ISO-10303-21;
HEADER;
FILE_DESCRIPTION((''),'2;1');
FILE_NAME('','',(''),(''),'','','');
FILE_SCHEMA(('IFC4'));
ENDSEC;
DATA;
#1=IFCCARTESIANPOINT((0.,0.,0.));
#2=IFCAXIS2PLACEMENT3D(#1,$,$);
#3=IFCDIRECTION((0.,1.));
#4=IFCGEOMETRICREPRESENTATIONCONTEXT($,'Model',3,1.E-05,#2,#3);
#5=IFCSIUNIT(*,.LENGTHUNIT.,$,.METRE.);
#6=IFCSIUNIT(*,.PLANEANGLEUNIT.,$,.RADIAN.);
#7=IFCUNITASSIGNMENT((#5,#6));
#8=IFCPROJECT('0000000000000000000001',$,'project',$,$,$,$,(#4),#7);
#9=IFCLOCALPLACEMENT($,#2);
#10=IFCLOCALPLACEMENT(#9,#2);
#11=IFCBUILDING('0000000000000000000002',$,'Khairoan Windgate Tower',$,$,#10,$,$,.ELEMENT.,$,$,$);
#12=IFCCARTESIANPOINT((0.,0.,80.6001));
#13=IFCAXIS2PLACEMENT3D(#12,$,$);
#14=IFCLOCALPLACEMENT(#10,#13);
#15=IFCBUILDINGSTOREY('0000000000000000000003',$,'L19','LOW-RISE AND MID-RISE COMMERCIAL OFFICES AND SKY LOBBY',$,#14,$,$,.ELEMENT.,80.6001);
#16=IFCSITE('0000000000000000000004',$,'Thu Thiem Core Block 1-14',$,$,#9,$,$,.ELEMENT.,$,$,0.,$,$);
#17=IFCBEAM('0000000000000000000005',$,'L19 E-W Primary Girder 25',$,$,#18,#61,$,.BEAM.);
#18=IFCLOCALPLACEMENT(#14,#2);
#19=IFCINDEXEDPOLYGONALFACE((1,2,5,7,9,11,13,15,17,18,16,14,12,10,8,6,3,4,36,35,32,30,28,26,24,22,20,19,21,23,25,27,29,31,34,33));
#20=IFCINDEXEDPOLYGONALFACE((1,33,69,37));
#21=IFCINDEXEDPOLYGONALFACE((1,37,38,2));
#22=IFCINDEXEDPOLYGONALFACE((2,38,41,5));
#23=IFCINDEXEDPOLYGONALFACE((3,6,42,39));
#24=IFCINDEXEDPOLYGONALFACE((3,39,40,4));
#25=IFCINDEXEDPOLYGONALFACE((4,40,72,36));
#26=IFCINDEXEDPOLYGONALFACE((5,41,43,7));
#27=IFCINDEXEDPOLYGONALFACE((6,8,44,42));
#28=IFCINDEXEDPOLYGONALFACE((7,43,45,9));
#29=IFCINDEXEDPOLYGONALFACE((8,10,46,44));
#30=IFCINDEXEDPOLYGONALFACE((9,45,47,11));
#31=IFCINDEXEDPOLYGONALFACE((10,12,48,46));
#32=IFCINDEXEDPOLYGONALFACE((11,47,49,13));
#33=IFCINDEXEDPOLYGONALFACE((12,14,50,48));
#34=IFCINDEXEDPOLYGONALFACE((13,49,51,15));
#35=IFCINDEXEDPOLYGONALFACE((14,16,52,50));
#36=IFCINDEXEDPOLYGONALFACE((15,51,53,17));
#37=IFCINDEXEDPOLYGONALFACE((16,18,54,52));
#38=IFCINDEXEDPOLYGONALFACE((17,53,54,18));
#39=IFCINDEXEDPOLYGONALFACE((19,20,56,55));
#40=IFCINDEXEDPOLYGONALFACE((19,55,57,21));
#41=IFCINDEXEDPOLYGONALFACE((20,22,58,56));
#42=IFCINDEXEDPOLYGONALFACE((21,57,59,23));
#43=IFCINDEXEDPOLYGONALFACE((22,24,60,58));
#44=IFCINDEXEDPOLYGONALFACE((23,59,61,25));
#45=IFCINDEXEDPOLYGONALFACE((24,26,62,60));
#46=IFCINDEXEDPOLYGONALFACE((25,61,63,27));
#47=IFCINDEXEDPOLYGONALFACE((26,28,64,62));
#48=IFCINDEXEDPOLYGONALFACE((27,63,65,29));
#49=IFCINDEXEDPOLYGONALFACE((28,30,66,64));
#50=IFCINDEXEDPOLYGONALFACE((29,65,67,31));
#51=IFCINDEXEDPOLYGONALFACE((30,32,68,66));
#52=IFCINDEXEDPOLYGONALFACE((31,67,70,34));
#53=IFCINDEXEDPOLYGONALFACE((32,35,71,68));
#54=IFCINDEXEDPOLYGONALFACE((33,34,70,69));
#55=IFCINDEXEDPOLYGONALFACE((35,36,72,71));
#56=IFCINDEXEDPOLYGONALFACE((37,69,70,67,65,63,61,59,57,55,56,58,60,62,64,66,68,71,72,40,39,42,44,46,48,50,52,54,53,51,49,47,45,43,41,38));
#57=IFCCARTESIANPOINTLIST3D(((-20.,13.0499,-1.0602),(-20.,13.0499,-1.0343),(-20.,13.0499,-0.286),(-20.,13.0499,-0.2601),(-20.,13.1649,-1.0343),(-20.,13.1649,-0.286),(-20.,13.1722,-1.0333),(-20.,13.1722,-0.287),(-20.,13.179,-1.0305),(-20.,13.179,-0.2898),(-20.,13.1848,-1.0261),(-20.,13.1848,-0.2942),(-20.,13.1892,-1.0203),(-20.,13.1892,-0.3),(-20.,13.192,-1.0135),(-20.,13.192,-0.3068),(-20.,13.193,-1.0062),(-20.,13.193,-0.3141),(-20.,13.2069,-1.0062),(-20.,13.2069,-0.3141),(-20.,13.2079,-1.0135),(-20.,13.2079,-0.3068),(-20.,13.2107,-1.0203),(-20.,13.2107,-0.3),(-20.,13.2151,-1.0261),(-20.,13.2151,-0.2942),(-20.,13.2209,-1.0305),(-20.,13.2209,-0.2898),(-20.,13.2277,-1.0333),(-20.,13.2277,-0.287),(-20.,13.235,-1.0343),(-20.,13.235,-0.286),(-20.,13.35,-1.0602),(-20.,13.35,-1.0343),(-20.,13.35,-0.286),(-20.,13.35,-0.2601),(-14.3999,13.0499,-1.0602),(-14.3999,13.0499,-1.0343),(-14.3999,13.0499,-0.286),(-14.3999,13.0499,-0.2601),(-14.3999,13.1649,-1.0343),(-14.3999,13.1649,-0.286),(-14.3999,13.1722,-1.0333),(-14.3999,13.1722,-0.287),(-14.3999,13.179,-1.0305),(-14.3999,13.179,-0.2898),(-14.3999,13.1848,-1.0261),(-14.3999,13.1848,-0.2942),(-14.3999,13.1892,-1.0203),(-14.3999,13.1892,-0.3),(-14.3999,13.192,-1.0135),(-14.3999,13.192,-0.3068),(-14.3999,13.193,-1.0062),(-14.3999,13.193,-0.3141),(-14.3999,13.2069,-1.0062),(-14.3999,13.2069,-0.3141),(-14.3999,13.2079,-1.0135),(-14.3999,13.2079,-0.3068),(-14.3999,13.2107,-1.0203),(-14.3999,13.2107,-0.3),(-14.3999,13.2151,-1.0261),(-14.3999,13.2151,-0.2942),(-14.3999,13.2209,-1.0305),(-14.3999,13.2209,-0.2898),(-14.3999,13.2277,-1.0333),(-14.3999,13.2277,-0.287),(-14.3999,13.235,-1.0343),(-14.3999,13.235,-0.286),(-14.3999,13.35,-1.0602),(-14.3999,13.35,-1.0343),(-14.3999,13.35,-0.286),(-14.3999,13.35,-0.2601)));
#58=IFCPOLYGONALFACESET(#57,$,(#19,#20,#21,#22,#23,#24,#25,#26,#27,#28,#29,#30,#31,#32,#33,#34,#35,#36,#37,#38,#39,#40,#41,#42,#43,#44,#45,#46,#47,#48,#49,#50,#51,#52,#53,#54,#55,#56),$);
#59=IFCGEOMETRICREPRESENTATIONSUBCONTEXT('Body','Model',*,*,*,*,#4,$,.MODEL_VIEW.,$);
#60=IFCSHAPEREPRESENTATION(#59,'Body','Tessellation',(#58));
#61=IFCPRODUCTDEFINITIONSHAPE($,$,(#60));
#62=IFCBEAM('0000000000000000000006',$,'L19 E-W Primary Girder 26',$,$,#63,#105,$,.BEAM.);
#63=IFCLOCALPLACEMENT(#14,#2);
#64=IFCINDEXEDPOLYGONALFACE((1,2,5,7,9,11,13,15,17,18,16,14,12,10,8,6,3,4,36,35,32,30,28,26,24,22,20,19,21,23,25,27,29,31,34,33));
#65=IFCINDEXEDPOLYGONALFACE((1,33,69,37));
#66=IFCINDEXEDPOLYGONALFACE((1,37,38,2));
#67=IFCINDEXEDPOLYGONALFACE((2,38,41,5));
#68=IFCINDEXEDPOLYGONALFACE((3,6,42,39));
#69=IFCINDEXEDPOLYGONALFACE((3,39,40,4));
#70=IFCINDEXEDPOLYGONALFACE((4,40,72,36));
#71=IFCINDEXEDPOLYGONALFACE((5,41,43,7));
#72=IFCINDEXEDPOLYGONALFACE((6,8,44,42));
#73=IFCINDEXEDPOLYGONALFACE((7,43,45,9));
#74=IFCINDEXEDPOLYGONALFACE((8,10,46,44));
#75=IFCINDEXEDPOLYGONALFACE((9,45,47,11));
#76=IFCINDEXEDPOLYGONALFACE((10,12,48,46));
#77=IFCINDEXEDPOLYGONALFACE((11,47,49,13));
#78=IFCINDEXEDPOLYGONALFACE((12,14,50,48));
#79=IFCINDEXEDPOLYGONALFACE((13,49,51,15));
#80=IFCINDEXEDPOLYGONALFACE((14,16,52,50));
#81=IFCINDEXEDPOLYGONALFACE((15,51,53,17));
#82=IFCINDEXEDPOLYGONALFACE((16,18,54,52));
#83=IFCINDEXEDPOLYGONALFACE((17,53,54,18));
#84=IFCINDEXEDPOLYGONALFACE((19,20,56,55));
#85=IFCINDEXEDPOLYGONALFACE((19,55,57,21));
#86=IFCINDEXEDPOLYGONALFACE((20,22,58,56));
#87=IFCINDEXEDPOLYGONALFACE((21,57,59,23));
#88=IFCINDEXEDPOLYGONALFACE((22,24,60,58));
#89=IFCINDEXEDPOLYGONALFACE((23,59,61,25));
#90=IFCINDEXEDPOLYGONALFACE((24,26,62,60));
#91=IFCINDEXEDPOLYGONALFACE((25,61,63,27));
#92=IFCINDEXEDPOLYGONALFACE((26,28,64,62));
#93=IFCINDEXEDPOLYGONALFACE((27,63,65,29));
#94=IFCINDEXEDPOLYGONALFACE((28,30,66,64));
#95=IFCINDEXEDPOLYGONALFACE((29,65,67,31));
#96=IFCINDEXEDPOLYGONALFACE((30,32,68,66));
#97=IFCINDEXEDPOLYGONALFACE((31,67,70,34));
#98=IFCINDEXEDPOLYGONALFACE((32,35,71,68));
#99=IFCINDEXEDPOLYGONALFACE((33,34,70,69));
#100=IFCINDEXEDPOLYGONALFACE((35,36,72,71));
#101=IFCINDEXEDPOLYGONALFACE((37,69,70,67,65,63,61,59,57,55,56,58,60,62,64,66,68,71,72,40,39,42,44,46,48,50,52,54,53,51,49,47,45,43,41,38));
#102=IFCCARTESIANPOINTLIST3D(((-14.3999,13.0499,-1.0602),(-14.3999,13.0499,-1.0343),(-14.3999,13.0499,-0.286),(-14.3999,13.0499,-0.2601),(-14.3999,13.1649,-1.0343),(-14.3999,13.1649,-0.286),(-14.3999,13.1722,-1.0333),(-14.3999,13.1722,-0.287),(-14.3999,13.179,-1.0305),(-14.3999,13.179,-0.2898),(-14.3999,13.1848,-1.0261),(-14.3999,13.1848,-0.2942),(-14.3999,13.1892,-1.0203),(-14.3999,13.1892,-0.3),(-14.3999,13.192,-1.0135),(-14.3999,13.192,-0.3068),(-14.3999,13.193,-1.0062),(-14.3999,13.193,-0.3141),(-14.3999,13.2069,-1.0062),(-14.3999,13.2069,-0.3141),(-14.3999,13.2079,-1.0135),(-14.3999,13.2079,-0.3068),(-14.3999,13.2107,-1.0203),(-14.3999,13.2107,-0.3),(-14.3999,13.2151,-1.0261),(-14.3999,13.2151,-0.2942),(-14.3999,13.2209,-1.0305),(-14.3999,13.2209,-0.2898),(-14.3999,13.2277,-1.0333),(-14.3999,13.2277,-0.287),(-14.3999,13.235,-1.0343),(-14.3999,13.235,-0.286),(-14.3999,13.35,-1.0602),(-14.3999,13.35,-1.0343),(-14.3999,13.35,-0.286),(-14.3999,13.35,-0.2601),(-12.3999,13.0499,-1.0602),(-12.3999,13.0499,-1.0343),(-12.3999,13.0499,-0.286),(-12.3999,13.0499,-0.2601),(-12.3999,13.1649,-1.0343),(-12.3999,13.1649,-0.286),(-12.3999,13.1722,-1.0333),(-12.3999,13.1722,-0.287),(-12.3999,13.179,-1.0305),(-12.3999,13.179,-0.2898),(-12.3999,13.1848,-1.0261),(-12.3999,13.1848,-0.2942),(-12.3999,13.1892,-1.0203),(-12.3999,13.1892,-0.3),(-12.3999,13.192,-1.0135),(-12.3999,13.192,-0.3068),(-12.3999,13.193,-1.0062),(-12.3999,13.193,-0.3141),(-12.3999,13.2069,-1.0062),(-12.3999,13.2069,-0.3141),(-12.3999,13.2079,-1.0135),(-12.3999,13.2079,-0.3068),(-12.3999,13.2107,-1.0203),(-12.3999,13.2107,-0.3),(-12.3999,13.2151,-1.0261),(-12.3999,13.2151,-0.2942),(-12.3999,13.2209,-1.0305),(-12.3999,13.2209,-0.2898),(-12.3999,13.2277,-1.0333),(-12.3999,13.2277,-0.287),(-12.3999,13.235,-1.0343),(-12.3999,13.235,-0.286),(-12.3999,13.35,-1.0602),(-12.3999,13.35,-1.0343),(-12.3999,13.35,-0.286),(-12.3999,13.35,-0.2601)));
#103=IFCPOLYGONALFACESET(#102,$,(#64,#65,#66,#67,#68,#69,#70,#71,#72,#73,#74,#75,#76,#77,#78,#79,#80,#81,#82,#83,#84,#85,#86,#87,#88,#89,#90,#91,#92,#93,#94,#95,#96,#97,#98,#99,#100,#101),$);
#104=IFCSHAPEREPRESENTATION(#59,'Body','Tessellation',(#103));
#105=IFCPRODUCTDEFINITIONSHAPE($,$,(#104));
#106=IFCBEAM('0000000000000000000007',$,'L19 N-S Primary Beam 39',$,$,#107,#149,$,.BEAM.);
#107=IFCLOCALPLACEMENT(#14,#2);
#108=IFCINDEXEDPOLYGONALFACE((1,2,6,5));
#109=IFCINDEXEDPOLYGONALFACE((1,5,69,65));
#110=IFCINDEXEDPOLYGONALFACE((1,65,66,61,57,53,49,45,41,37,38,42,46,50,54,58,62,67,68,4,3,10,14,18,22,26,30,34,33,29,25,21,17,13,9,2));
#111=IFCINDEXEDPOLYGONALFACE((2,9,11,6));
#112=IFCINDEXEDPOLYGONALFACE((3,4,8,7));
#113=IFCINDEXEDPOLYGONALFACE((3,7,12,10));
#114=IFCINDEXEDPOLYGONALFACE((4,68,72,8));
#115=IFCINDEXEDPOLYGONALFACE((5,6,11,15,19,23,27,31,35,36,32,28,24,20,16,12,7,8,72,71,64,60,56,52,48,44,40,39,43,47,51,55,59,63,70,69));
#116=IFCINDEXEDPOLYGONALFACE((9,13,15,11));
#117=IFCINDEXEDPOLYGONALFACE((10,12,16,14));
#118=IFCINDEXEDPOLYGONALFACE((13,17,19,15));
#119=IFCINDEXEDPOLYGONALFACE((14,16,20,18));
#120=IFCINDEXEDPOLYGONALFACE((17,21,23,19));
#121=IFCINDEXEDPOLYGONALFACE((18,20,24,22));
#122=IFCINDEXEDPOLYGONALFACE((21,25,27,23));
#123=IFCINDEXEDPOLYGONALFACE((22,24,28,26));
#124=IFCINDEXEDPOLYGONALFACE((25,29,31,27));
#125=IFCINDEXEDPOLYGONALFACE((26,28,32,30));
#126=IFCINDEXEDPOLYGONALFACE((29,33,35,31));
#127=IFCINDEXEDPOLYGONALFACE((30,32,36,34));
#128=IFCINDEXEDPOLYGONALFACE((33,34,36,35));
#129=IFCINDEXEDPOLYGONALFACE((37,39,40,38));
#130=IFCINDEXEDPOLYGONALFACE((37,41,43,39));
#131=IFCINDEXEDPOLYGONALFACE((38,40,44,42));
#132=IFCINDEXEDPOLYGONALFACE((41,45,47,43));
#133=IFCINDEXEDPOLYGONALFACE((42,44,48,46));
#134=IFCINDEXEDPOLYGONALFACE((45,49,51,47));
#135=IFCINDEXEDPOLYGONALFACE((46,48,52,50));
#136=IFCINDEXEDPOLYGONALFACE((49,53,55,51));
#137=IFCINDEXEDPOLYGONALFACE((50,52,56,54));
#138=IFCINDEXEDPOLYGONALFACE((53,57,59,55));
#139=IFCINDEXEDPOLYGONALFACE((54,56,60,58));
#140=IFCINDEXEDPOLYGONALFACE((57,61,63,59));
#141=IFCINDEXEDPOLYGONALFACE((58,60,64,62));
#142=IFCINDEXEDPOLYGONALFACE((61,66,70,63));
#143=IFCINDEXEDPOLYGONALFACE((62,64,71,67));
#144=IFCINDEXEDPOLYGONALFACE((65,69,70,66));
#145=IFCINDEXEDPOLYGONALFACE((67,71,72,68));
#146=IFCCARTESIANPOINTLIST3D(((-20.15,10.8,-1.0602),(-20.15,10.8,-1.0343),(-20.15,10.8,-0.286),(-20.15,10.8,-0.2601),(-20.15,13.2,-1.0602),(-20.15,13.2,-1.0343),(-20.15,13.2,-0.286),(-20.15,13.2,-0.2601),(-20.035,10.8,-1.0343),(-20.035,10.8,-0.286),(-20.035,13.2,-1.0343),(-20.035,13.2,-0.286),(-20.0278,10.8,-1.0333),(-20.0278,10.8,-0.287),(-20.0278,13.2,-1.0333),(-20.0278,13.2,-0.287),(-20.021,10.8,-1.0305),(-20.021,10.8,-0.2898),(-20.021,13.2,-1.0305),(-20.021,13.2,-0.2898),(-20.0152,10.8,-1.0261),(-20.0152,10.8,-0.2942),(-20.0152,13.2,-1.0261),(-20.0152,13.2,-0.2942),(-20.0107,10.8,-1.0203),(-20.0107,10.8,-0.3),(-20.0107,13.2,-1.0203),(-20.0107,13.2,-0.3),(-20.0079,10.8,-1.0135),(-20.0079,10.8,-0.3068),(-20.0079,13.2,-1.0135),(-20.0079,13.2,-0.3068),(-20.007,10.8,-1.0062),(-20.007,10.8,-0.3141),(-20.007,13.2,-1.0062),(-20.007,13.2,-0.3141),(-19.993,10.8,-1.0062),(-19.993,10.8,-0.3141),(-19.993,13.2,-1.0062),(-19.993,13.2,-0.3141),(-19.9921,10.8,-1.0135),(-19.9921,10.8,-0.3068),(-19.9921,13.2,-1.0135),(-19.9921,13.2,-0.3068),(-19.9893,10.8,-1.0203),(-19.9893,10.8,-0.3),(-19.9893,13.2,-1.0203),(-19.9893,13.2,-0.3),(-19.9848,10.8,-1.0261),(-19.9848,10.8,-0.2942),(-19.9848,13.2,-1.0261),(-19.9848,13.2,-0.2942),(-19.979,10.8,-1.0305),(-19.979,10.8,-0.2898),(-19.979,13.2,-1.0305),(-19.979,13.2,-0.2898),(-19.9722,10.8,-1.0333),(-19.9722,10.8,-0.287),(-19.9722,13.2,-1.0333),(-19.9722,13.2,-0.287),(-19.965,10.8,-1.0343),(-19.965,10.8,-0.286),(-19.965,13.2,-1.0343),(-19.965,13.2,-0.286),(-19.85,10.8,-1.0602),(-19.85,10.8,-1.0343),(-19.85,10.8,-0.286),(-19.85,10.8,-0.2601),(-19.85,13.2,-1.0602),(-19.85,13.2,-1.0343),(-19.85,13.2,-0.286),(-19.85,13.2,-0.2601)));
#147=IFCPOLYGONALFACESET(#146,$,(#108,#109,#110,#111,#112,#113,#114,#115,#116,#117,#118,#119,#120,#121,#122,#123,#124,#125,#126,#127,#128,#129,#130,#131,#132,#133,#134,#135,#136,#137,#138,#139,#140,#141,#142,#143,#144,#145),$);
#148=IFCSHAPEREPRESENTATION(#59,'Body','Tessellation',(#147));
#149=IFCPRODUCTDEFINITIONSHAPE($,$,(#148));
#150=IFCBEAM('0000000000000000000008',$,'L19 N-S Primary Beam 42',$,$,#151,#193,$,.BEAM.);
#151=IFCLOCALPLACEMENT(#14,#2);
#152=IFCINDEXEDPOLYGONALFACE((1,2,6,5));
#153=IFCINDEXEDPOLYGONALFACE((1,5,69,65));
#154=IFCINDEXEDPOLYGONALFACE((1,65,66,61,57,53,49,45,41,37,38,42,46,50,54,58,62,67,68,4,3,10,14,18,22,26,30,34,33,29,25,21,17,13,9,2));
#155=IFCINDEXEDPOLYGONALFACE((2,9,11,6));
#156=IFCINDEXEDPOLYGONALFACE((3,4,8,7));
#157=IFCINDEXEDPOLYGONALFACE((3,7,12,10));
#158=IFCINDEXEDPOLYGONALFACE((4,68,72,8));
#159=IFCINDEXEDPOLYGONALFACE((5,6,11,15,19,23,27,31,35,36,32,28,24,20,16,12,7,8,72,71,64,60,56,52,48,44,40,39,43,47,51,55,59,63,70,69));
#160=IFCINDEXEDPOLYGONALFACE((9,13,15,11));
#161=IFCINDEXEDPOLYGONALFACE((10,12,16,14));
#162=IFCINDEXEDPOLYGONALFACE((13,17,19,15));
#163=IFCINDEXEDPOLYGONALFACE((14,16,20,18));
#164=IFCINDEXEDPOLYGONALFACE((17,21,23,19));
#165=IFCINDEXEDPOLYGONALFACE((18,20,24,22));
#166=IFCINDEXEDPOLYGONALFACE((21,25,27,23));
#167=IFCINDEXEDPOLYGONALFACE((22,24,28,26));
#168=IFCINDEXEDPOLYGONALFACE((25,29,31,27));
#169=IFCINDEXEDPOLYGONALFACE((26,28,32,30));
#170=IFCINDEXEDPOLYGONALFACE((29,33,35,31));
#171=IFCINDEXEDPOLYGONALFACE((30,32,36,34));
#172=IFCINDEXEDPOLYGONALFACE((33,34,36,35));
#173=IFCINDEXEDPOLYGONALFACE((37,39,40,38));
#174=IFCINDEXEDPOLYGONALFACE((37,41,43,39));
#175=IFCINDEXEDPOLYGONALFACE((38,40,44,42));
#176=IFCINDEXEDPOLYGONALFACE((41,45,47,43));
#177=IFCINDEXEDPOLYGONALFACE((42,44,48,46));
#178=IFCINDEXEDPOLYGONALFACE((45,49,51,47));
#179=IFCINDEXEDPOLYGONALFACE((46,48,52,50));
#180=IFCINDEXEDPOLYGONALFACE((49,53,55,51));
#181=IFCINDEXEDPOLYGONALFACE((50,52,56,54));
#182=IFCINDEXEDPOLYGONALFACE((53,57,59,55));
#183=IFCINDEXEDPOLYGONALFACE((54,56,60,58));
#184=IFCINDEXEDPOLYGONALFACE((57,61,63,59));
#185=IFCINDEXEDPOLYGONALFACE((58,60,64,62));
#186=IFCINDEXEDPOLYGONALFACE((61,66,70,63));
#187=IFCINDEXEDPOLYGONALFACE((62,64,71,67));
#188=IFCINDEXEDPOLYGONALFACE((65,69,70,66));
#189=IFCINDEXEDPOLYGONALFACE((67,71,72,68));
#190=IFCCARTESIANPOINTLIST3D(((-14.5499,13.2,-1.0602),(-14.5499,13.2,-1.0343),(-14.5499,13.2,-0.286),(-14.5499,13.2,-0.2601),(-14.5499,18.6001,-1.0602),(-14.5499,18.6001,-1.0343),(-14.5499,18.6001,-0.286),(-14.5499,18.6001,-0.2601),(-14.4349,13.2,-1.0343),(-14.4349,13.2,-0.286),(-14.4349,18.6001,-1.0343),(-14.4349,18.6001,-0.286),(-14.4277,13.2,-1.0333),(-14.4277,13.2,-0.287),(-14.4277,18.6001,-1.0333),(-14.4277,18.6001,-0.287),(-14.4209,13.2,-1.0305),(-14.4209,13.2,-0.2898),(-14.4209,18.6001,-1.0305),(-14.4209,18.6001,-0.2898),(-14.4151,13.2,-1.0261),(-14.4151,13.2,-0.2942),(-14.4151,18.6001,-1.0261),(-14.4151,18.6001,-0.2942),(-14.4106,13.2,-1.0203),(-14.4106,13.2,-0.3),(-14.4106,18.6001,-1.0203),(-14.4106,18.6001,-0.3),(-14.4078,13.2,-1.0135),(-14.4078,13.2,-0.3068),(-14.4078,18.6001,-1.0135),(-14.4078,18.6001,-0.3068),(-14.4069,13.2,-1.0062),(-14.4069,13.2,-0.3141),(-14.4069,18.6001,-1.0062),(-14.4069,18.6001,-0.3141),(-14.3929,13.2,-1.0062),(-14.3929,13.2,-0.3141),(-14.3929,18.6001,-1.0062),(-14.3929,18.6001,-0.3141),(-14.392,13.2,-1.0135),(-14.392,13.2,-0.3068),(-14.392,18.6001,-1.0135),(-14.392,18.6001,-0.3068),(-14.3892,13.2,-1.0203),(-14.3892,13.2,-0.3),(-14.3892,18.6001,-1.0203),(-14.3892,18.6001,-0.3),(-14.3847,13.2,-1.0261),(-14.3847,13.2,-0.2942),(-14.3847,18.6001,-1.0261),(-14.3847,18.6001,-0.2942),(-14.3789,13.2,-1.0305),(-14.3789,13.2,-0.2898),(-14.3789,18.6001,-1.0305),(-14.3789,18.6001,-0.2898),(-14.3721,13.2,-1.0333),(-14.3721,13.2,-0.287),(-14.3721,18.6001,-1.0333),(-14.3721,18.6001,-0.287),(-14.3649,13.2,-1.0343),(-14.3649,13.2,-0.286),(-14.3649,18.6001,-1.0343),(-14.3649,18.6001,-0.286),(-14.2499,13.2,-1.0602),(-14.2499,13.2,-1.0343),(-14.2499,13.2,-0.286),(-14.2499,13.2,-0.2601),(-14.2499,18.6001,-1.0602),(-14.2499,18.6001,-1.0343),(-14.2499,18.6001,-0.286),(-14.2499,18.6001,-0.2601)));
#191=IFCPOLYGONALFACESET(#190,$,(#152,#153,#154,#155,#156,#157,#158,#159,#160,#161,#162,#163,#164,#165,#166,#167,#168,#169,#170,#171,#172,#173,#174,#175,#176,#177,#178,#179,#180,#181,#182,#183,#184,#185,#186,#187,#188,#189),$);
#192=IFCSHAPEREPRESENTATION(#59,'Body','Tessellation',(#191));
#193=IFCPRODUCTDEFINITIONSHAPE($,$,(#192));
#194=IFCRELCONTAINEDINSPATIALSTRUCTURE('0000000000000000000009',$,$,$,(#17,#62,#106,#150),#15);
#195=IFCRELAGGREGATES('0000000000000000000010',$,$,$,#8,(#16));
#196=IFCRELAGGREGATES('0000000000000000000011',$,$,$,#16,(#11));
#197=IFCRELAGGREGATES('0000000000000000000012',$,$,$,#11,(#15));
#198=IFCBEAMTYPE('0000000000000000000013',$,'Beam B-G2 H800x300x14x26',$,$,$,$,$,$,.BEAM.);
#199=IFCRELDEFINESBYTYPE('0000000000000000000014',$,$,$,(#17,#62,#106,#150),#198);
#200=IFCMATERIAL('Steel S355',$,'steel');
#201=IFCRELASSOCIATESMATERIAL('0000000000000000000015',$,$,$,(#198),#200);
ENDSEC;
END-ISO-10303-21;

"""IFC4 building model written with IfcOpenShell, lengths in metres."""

from ifc_helpers import new_model, si_unit, direction, frame, origin, origin_2d, place, context, subcontext, project, spatial, i_section, extrude, material, material_profile, profile_set, type_object, element, save


model = new_model("IFC4")

# Units and contexts
model_context = context("Model", 3, precision=1e-05, world=origin(), true_north=direction((0.0, 1.0)))
body_context = subcontext(model_context, "Body", "Model", "MODEL_VIEW")
ifc_project = project(units=[si_unit("LENGTHUNIT", "METRE"), si_unit("PLANEANGLEUNIT", "RADIAN")], contexts=[model_context])

# Site, building, storey
site_placement = place(None, origin())
site = spatial("IfcSite", under=ifc_project, at=site_placement, Name="Thu Thiem Core Block 1-14", CompositionType="ELEMENT", RefElevation=0.0)
building_placement = place(site_placement, origin())
building = spatial("IfcBuilding", under=site, at=building_placement, Name="Khairoan Windgate Tower", CompositionType="ELEMENT")
storey_placement = place(building_placement, frame((0.0, 0.0, 80.6001)))
storey = spatial("IfcBuildingStorey", under=building, at=storey_placement, Name="L19", Description="LOW-RISE AND MID-RISE COMMERCIAL OFFICES AND SKY LOBBY", CompositionType="ELEMENT", Elevation=80.6001)

# Beams
ifc_material_1 = material(Name="Steel S355", Category="steel")
ifc_material_profile_1 = material_profile(ifc_material_1, i_section(OverallWidth=0.3, OverallDepth=0.8, WebThickness=0.0139, FlangeThickness=0.0259, FilletRadius=0.0281, at=origin_2d()))
ifc_profile_set_1 = profile_set([ifc_material_profile_1], Name="Steel S355")
beam_type_1 = type_object("IfcBeamType", Name="Beam B-G2 H800x300x14x26", PredefinedType="BEAM", material=ifc_profile_set_1)
beam_1_placement = place(storey_placement, frame((-20.0, 13.2, -0.6602), z_axis=(1.0, 0.0, 0.0), x_axis=(0.0, 1.0, 0.0)))
element("IfcBeam", 1, at=beam_1_placement, inside=storey, type_object=beam_type_1, Name="L19 E-W Primary Girder 25", PredefinedType="BEAM", context=body_context, shape_type="SweptSolid", body=[
    extrude(i_section(OverallWidth=0.3, OverallDepth=0.8, WebThickness=0.0139, FlangeThickness=0.0259, FilletRadius=0.0281, at=origin_2d()), origin(), (0.0, 0.0, 1.0), 5.6001),
])
beam_2_placement = place(storey_placement, frame((-14.3999, 13.2, -0.6602), z_axis=(1.0, 0.0, 0.0), x_axis=(0.0, 1.0, 0.0)))
element("IfcBeam", 2, at=beam_2_placement, inside=storey, type_object=beam_type_1, Name="L19 E-W Primary Girder 26", PredefinedType="BEAM", context=body_context, shape_type="SweptSolid", body=[
    extrude(i_section(OverallWidth=0.3, OverallDepth=0.8, WebThickness=0.0139, FlangeThickness=0.0259, FilletRadius=0.0281, at=origin_2d()), origin(), (0.0, 0.0, 1.0), 2.0),
])
beam_3_placement = place(storey_placement, frame((-20.0, 10.8, -0.6602), z_axis=(0.0, 1.0, 0.0), x_axis=(-1.0, 0.0, 0.0)))
element("IfcBeam", 3, at=beam_3_placement, inside=storey, type_object=beam_type_1, Name="L19 N-S Primary Beam 39", PredefinedType="BEAM", context=body_context, shape_type="SweptSolid", body=[
    extrude(i_section(OverallWidth=0.3, OverallDepth=0.8, WebThickness=0.0139, FlangeThickness=0.0259, FilletRadius=0.0281, at=origin_2d()), origin(), (0.0, 0.0, 1.0), 2.3999),
])
beam_4_placement = place(storey_placement, frame((-14.3999, 13.2, -0.6602), z_axis=(0.0, 1.0, 0.0), x_axis=(-1.0, 0.0, 0.0)))
element("IfcBeam", 4, at=beam_4_placement, inside=storey, type_object=beam_type_1, Name="L19 N-S Primary Beam 42", PredefinedType="BEAM", context=body_context, shape_type="SweptSolid", body=[
    extrude(i_section(OverallWidth=0.3, OverallDepth=0.8, WebThickness=0.0139, FlangeThickness=0.0259, FilletRadius=0.0281, at=origin_2d()), origin(), (0.0, 0.0, 1.0), 5.4001),
])

save(model, "model.ifc")
